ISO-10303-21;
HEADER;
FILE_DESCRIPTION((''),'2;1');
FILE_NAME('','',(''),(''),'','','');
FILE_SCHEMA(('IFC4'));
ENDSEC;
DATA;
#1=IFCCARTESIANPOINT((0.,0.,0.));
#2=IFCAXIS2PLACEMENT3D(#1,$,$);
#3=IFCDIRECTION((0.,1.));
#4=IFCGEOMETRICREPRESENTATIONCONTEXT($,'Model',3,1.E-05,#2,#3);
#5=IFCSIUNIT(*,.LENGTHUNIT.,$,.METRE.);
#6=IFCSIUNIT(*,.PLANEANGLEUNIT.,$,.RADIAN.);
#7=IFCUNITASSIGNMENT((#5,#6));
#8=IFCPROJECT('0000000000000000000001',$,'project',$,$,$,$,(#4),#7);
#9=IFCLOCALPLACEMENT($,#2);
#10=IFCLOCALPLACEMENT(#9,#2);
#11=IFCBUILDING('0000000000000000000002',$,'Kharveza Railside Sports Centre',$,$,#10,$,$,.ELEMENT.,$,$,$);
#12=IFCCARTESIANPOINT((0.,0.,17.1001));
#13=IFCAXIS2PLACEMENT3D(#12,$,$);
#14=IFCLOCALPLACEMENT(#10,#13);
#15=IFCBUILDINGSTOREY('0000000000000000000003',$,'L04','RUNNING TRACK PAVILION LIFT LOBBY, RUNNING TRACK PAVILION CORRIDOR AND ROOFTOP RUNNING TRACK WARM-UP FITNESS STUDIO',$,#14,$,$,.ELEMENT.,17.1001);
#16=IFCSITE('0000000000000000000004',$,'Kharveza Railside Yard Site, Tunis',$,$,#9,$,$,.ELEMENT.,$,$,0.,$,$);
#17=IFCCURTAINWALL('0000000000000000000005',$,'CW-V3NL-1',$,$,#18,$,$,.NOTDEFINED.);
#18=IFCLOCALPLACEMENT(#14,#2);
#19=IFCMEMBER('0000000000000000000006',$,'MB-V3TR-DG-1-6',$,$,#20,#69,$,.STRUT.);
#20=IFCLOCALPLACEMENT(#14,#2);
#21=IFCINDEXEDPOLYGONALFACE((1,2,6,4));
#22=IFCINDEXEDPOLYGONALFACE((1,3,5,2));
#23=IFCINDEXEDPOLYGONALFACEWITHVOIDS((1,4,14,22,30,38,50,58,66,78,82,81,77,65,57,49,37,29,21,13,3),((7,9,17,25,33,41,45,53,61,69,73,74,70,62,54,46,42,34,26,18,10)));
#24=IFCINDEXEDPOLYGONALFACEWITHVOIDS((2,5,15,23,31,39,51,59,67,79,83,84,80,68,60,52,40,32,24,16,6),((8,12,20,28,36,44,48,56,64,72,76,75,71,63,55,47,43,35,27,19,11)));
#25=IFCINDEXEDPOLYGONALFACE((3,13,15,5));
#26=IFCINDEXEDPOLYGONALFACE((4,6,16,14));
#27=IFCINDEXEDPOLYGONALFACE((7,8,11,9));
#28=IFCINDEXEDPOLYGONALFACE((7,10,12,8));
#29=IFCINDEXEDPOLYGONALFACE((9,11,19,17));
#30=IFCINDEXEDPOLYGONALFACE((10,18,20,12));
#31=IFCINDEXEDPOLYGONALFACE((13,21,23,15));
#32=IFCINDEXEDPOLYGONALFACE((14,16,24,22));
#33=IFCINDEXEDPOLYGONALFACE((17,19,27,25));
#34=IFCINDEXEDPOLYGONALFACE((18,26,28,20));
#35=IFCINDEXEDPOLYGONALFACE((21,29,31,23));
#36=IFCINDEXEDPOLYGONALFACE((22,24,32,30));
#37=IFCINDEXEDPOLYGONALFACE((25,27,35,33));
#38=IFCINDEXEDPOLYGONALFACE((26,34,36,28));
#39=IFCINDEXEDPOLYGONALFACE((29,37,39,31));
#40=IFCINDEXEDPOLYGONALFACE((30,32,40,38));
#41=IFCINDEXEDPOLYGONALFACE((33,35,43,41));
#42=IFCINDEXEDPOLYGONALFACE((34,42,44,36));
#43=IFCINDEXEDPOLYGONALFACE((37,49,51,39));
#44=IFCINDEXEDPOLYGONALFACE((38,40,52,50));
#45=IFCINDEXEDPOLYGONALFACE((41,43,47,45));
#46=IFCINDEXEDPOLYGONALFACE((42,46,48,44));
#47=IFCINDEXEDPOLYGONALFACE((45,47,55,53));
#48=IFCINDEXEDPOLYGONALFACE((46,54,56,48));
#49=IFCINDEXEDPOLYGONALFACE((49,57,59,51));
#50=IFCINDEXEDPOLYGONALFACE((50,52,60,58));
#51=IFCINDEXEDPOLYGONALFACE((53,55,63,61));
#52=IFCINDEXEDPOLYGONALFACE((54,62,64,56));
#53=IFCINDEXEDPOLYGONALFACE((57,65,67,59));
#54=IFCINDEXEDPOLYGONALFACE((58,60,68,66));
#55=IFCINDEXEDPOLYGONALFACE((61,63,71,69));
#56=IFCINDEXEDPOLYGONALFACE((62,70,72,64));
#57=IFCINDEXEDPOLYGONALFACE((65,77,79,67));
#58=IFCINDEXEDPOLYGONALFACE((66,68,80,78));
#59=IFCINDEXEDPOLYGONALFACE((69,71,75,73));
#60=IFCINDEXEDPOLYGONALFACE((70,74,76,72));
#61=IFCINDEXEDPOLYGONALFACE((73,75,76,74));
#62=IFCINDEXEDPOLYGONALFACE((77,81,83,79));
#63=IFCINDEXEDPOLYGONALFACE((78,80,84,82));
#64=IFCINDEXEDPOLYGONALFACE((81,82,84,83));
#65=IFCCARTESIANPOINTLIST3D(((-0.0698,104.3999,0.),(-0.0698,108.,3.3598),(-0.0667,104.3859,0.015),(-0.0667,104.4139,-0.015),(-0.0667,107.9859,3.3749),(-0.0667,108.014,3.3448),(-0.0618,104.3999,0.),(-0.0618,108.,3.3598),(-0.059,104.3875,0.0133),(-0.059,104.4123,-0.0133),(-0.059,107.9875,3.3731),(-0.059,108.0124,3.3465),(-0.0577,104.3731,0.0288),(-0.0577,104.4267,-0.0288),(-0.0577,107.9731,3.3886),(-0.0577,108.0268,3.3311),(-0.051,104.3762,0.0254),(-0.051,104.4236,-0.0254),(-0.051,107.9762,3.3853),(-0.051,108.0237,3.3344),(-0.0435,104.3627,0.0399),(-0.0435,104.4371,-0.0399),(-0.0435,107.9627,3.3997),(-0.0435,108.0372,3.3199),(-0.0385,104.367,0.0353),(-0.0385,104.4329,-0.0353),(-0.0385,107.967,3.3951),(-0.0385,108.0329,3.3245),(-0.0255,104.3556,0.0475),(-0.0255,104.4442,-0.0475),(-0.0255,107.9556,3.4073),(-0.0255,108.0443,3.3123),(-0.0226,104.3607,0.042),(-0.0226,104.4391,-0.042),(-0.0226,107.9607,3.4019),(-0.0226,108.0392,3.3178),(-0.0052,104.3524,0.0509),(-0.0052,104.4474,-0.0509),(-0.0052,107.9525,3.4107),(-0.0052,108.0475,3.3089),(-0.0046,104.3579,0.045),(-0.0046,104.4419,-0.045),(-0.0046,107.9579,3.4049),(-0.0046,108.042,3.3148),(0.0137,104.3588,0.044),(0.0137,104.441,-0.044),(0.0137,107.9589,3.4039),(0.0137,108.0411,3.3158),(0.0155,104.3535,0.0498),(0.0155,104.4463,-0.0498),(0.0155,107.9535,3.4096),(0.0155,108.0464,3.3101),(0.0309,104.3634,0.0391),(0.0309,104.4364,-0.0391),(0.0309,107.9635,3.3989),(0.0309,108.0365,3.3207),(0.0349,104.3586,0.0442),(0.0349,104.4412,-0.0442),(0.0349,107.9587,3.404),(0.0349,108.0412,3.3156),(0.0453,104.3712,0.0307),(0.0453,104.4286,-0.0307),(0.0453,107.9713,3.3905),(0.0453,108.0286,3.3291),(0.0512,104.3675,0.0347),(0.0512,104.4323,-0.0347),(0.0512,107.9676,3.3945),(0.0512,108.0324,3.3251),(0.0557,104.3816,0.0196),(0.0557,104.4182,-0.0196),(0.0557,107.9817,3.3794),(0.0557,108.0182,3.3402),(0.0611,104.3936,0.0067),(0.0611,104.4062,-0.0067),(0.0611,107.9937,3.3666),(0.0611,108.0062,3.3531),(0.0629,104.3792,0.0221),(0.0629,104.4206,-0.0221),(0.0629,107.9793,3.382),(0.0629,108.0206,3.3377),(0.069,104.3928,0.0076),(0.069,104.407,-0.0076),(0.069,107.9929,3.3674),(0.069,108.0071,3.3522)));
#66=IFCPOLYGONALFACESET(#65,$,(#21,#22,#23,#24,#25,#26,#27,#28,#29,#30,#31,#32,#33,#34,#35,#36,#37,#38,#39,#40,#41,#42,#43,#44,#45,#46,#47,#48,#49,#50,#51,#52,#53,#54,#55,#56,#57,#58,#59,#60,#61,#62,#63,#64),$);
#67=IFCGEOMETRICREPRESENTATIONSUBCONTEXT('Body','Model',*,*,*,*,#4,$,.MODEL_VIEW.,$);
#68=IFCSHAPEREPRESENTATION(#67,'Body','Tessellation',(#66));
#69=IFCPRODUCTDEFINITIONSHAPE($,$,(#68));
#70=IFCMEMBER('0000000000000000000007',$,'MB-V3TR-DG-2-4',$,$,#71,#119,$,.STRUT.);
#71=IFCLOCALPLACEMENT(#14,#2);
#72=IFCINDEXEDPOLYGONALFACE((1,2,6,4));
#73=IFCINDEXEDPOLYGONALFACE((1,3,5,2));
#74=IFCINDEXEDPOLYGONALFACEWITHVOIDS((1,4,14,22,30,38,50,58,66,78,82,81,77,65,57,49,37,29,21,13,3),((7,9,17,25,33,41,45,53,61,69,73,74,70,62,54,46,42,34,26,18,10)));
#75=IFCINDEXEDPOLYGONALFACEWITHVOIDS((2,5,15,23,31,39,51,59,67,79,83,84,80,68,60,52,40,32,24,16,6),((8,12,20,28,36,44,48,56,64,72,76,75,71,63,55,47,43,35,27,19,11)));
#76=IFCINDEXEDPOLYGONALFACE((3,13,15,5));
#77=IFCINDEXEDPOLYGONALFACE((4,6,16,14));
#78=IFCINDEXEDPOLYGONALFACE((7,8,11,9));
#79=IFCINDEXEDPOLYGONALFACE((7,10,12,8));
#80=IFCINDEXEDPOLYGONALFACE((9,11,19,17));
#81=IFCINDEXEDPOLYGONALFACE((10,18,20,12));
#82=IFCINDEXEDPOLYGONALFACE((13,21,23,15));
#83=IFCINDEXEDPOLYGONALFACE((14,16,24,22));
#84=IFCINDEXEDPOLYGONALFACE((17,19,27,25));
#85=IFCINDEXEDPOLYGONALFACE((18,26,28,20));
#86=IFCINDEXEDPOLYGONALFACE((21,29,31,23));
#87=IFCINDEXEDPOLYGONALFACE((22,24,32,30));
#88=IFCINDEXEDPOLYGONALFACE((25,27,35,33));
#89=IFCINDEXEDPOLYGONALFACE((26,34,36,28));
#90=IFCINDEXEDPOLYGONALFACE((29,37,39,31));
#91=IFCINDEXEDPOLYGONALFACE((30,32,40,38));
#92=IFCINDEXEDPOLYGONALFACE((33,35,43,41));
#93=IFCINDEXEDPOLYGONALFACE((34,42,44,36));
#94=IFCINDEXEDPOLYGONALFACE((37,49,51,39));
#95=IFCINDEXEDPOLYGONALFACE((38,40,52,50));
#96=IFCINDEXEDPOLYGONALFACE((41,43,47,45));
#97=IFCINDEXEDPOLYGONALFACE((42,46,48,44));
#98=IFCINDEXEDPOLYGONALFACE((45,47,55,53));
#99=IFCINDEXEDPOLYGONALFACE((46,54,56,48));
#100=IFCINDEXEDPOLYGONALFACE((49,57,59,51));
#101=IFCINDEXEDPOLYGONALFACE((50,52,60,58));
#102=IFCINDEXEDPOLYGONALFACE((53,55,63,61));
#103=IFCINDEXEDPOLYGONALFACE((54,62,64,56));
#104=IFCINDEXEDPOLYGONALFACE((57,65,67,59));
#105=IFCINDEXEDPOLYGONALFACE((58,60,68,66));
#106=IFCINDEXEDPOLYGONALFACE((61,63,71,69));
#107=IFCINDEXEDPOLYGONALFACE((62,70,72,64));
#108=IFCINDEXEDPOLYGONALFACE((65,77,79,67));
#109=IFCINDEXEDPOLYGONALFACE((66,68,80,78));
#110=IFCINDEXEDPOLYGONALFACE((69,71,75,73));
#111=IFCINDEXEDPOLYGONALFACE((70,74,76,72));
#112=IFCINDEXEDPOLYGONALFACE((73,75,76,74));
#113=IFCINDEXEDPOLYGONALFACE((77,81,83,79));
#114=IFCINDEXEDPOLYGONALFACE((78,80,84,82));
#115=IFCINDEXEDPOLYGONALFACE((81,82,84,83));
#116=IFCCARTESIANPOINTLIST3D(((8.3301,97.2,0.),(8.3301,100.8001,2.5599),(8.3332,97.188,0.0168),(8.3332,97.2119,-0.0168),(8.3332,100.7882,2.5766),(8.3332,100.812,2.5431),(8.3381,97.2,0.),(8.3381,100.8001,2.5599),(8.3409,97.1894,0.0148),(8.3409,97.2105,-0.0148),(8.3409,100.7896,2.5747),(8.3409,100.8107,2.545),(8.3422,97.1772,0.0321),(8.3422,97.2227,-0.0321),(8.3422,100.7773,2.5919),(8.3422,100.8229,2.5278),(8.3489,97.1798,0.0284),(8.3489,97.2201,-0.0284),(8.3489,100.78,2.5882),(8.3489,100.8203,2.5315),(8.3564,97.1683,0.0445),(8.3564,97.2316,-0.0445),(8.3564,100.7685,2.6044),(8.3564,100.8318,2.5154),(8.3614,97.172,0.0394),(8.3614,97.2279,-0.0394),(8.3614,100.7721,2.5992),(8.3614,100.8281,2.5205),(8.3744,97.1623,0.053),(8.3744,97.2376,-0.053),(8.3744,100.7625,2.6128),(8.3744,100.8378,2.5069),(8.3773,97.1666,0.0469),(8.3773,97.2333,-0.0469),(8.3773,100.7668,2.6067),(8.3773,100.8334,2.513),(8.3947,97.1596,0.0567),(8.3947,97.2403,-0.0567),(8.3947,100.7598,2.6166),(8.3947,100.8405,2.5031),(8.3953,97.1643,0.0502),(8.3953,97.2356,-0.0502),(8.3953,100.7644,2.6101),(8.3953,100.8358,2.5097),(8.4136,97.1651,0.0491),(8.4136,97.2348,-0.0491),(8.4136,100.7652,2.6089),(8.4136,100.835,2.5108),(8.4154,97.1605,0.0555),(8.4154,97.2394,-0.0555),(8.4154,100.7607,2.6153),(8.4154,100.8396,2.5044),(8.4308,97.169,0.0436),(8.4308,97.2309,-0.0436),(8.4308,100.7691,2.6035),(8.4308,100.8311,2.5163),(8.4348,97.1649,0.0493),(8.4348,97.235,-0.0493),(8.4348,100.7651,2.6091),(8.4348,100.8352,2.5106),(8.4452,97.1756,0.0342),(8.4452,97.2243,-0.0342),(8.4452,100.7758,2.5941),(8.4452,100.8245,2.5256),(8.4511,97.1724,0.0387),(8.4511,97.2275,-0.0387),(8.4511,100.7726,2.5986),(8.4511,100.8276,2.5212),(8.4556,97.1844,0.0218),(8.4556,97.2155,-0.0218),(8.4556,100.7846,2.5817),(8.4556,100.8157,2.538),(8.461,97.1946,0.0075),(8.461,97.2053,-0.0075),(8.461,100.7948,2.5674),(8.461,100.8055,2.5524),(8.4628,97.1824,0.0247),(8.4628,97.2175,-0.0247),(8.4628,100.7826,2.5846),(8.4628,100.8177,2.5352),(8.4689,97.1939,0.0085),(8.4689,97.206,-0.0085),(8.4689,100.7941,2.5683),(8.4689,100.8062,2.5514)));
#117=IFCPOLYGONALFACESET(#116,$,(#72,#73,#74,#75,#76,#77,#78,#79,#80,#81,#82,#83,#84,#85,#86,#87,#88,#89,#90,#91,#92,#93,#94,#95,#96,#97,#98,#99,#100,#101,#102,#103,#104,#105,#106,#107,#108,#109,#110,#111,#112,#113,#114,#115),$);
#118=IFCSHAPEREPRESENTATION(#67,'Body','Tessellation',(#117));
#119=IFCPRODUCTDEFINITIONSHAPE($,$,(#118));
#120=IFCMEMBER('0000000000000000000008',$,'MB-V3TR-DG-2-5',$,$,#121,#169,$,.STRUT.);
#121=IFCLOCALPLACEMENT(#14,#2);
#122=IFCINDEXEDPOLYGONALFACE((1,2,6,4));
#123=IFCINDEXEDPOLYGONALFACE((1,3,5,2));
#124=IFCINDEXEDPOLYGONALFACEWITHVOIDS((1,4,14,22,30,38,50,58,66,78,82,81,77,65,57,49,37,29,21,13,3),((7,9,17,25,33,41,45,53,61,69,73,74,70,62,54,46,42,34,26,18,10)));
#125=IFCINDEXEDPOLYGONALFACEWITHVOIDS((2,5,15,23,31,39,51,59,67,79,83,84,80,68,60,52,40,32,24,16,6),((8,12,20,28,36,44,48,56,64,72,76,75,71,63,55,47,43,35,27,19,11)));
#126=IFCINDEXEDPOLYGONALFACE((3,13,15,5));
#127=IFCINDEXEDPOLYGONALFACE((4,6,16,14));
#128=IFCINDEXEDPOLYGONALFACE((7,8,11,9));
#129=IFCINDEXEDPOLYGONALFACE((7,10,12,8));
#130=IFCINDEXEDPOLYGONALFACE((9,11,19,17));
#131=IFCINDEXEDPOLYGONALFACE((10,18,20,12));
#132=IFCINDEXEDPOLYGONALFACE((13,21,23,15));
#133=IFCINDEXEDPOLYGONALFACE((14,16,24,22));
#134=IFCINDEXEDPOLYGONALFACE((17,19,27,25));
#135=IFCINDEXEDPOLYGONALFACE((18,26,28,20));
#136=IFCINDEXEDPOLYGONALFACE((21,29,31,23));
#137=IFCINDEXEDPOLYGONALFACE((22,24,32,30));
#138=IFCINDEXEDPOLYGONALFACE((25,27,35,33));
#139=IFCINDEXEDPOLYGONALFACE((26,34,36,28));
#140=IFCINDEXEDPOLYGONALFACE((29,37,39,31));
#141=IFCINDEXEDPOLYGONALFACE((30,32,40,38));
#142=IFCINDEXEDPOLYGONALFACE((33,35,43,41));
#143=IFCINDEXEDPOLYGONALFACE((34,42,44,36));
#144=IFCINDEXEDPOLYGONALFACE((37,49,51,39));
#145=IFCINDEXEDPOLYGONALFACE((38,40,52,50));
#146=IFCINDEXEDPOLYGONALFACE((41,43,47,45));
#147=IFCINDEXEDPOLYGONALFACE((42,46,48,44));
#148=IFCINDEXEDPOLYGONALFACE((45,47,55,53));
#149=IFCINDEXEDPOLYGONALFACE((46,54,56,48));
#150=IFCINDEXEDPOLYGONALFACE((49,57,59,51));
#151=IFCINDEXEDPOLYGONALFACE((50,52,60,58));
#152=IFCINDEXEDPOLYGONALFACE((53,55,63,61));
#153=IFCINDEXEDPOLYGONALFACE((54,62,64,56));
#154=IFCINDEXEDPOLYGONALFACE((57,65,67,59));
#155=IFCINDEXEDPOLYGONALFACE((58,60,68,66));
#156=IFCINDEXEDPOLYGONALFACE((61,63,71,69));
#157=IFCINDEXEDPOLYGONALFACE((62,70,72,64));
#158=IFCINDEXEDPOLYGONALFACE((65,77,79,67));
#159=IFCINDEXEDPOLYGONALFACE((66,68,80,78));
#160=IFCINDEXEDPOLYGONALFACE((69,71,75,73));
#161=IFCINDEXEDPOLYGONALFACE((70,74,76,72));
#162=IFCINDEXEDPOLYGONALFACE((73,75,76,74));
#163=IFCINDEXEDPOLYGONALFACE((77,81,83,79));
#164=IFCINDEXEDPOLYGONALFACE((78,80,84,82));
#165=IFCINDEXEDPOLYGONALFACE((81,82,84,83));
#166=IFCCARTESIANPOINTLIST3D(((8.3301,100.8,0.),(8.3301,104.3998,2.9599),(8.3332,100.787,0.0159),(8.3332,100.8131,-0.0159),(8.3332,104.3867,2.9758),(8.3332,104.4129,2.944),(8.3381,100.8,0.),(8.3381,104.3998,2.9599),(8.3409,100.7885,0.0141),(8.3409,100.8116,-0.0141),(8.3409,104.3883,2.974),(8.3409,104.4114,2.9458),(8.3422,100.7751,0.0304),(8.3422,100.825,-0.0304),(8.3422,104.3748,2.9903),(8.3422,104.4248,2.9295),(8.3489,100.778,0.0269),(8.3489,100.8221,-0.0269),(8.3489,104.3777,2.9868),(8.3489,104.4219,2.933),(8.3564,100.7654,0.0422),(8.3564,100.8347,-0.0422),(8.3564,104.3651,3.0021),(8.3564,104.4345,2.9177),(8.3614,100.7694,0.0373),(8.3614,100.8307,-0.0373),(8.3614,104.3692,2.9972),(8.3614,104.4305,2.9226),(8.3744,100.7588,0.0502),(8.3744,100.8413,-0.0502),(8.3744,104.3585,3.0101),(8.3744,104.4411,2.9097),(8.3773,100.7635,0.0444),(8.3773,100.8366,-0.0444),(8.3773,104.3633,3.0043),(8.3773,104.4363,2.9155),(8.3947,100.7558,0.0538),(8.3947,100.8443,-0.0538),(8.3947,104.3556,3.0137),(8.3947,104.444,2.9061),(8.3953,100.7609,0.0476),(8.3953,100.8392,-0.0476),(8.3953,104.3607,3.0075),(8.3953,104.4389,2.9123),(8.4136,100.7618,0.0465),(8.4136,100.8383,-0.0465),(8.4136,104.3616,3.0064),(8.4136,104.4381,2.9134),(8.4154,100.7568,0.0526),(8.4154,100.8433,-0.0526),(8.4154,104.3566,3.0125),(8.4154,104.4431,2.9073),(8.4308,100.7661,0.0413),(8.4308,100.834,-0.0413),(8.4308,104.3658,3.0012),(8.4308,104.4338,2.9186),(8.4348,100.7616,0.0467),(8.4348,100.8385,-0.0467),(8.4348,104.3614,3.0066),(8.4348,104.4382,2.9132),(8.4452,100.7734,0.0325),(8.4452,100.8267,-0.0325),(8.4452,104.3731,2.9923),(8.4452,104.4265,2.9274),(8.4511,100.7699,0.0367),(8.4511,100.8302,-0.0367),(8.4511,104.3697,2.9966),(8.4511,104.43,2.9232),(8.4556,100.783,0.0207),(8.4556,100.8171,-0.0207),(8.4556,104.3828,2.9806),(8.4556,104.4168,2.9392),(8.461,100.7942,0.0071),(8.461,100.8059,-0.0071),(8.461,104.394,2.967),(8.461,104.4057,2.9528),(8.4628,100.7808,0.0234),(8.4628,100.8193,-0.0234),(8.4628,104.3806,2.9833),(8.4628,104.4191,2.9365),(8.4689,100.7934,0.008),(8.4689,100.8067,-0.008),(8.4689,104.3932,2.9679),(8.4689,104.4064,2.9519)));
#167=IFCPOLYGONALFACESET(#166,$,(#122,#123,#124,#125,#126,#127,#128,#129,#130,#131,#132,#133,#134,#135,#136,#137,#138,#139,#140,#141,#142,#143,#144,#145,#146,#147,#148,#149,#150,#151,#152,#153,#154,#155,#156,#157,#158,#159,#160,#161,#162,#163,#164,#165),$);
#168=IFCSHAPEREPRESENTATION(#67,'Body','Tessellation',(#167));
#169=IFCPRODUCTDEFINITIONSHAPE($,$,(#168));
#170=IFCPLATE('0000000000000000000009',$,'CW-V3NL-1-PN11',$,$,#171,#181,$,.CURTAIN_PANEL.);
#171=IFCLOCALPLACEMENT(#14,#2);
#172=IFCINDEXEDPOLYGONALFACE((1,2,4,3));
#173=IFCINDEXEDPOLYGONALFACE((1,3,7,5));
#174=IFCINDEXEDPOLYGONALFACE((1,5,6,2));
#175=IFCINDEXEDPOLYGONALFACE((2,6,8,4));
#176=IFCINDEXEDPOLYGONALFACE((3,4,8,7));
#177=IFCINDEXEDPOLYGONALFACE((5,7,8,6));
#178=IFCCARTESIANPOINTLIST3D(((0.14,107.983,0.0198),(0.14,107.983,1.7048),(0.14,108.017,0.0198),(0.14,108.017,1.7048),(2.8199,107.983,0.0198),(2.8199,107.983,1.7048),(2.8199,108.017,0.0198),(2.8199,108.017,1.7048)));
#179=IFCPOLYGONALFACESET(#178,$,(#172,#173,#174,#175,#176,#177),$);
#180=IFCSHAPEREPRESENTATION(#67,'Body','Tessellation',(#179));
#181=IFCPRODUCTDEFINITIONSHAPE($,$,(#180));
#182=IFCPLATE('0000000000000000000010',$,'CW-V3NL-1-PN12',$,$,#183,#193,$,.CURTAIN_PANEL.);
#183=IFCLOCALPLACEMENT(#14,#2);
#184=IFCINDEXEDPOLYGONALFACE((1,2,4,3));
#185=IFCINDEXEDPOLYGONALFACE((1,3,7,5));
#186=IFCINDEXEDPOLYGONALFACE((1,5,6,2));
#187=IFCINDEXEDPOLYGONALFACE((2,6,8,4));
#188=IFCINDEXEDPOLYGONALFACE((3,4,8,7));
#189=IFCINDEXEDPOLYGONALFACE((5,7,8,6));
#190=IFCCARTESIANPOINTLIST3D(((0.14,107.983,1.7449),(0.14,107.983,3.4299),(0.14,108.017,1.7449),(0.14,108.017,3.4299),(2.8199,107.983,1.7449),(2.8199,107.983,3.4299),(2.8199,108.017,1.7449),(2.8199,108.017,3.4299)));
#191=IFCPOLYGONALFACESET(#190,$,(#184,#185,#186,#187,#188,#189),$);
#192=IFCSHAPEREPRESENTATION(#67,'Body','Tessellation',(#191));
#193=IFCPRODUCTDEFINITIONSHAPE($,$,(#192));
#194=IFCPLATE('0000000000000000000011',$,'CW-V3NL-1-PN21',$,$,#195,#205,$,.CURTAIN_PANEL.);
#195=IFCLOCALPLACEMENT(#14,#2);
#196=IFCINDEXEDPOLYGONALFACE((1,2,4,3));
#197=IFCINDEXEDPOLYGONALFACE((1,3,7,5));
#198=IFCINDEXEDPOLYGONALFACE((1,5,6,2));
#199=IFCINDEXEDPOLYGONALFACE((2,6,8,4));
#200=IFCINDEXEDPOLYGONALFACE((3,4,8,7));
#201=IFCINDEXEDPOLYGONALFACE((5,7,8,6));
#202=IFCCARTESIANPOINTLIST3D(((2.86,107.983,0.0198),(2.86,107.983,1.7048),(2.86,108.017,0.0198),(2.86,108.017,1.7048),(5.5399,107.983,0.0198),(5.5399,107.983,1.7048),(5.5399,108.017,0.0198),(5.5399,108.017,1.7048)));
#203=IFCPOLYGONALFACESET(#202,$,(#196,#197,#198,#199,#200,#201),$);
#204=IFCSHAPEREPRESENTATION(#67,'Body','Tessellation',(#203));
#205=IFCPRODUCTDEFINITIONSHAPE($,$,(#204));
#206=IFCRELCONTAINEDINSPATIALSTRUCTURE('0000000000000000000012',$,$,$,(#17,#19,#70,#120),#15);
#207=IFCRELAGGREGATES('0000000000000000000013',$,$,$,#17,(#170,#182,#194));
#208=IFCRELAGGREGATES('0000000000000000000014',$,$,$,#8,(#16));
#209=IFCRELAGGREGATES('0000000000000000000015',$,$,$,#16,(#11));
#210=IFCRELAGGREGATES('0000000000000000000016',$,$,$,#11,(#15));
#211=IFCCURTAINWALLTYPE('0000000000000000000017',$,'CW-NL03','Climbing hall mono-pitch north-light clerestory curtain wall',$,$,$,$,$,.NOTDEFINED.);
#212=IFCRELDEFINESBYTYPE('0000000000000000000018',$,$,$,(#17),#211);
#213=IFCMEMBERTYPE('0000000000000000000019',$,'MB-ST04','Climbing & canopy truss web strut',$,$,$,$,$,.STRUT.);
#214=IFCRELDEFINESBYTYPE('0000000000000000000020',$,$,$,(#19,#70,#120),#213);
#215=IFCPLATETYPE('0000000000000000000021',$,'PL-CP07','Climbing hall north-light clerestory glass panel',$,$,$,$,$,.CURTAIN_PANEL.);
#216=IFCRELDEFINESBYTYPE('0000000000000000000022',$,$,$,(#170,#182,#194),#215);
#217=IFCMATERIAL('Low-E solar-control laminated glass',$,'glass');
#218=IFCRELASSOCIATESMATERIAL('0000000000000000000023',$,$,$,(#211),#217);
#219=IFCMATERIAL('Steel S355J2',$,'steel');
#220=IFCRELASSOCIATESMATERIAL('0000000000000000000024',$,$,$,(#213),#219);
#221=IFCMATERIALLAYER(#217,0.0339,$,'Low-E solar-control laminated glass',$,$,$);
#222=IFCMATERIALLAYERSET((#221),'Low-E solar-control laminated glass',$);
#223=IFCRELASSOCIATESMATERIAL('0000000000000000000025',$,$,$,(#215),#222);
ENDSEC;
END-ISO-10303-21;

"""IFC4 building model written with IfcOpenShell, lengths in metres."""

from ifc_helpers import new_model, si_unit, direction, frame, origin, origin_2d, place, context, subcontext, project, spatial, rectangle, hollow_circle, extrude, material, layer, layer_set, material_profile, profile_set, type_object, element, aggregate, save


model = new_model("IFC4")

# Units and contexts
model_context = context("Model", 3, precision=1e-05, world=origin(), true_north=direction((0.0, 1.0)))
body_context = subcontext(model_context, "Body", "Model", "MODEL_VIEW")
ifc_project = project(units=[si_unit("LENGTHUNIT", "METRE"), si_unit("PLANEANGLEUNIT", "RADIAN")], contexts=[model_context])

# Site, building, storey
site_placement = place(None, origin())
site = spatial("IfcSite", under=ifc_project, at=site_placement, Name="Kharveza Railside Yard Site, Tunis", CompositionType="ELEMENT", RefElevation=0.0)
building_placement = place(site_placement, origin())
building = spatial("IfcBuilding", under=site, at=building_placement, Name="Kharveza Railside Sports Centre", CompositionType="ELEMENT")
storey_placement = place(building_placement, frame((0.0, 0.0, 17.1001)))
storey = spatial("IfcBuildingStorey", under=building, at=storey_placement, Name="L04", Description="RUNNING TRACK PAVILION LIFT LOBBY, RUNNING TRACK PAVILION CORRIDOR AND ROOFTOP RUNNING TRACK WARM-UP FITNESS STUDIO", CompositionType="ELEMENT", Elevation=17.1001)

# Curtain wall
ifc_material_1 = material(Name="Low-E solar-control laminated glass", Category="glass")
curtain_wall_type = type_object("IfcCurtainWallType", Name="CW-NL03", Description="Climbing hall mono-pitch north-light clerestory curtain wall", PredefinedType="NOTDEFINED", material=ifc_material_1)
curtain_wall_placement = place(storey_placement, origin())
curtain_wall = element("IfcCurtainWall", 1, at=curtain_wall_placement, inside=storey, type_object=curtain_wall_type, Name="CW-V3NL-1", PredefinedType="NOTDEFINED")

# Members
ifc_material_2 = material(Name="Steel S355J2", Category="steel")
ifc_material_profile_1 = material_profile(ifc_material_2, hollow_circle(Radius=0.0698, WallThickness=0.0081, at=origin_2d()), Name="CHS 139.7x8.0")
ifc_profile_set_1 = profile_set([ifc_material_profile_1], Name="Steel S355J2")
member_type_1 = type_object("IfcMemberType", Name="MB-ST04", Description="Climbing & canopy truss web strut", PredefinedType="STRUT", material=ifc_profile_set_1)
member_1_placement = place(storey_placement, frame((0.0, 104.3999, 0.0), z_axis=(0.0, 0.731078, 0.682294), x_axis=(-1.0, 0.0, 0.0)))
element("IfcMember", 2, at=member_1_placement, inside=storey, type_object=member_type_1, Name="MB-V3TR-DG-1-6", PredefinedType="STRUT", context=body_context, shape_type="SweptSolid", body=[
    extrude(hollow_circle(Radius=0.0698, WallThickness=0.0081, at=origin_2d()), origin(), (0.0, 0.0, 1.0), 4.9243),
])
member_2_placement = place(storey_placement, frame((8.3999, 97.2, 0.0), z_axis=(0.0, 0.814983, 0.579485), x_axis=(-1.0, 0.0, 0.0)))
element("IfcMember", 3, at=member_2_placement, inside=storey, type_object=member_type_1, Name="MB-V3TR-DG-2-4", PredefinedType="STRUT", context=body_context, shape_type="SweptSolid", body=[
    extrude(hollow_circle(Radius=0.0698, WallThickness=0.0081, at=origin_2d()), origin(), (0.0, 0.0, 1.0), 4.4175),
])
member_3_placement = place(storey_placement, frame((8.3999, 100.8, 0.0), z_axis=(0.0, 0.772417, 0.635116), x_axis=(-1.0, 0.0, 0.0)))
element("IfcMember", 4, at=member_3_placement, inside=storey, type_object=member_type_1, Name="MB-V3TR-DG-2-5", PredefinedType="STRUT", context=body_context, shape_type="SweptSolid", body=[
    extrude(hollow_circle(Radius=0.0698, WallThickness=0.0081, at=origin_2d()), origin(), (0.0, 0.0, 1.0), 4.6604),
])

# Plates
ifc_layer_1 = layer(ifc_material_1, 0.0339, Name="Low-E solar-control laminated glass")
ifc_layer_set_1 = layer_set([ifc_layer_1], Name="Low-E solar-control laminated glass")
plate_type_1 = type_object("IfcPlateType", Name="PL-CP07", Description="Climbing hall north-light clerestory glass panel", PredefinedType="CURTAIN_PANEL", material=ifc_layer_set_1)
plate_1_placement = place(storey_placement, frame((1.48, 108.0, 0.0198), z_axis=(0.0, 0.0, 1.0), x_axis=(1.0, 0.0, 0.0)))
plate_1 = element("IfcPlate", 5, at=plate_1_placement, type_object=plate_type_1, Name="CW-V3NL-1-PN11", PredefinedType="CURTAIN_PANEL", context=body_context, shape_type="SweptSolid", body=[
    extrude(rectangle(XDim=2.6799, YDim=0.0339, at=origin_2d()), origin(), (0.0, 0.0, 1.0), 1.6851),
])
plate_2_placement = place(storey_placement, frame((1.48, 108.0, 1.7449), z_axis=(0.0, 0.0, 1.0), x_axis=(1.0, 0.0, 0.0)))
plate_2 = element("IfcPlate", 6, at=plate_2_placement, type_object=plate_type_1, Name="CW-V3NL-1-PN12", PredefinedType="CURTAIN_PANEL", context=body_context, shape_type="SweptSolid", body=[
    extrude(rectangle(XDim=2.6799, YDim=0.0339, at=origin_2d()), origin(), (0.0, 0.0, 1.0), 1.6851),
])
plate_3_placement = place(storey_placement, frame((4.2, 108.0, 0.0198), z_axis=(0.0, 0.0, 1.0), x_axis=(1.0, 0.0, 0.0)))
plate_3 = element("IfcPlate", 7, at=plate_3_placement, type_object=plate_type_1, Name="CW-V3NL-1-PN21", PredefinedType="CURTAIN_PANEL", context=body_context, shape_type="SweptSolid", body=[
    extrude(rectangle(XDim=2.6799, YDim=0.0339, at=origin_2d()), origin(), (0.0, 0.0, 1.0), 1.6851),
])
aggregate(curtain_wall, [plate_1, plate_2, plate_3])

save(model, "model.ifc")
